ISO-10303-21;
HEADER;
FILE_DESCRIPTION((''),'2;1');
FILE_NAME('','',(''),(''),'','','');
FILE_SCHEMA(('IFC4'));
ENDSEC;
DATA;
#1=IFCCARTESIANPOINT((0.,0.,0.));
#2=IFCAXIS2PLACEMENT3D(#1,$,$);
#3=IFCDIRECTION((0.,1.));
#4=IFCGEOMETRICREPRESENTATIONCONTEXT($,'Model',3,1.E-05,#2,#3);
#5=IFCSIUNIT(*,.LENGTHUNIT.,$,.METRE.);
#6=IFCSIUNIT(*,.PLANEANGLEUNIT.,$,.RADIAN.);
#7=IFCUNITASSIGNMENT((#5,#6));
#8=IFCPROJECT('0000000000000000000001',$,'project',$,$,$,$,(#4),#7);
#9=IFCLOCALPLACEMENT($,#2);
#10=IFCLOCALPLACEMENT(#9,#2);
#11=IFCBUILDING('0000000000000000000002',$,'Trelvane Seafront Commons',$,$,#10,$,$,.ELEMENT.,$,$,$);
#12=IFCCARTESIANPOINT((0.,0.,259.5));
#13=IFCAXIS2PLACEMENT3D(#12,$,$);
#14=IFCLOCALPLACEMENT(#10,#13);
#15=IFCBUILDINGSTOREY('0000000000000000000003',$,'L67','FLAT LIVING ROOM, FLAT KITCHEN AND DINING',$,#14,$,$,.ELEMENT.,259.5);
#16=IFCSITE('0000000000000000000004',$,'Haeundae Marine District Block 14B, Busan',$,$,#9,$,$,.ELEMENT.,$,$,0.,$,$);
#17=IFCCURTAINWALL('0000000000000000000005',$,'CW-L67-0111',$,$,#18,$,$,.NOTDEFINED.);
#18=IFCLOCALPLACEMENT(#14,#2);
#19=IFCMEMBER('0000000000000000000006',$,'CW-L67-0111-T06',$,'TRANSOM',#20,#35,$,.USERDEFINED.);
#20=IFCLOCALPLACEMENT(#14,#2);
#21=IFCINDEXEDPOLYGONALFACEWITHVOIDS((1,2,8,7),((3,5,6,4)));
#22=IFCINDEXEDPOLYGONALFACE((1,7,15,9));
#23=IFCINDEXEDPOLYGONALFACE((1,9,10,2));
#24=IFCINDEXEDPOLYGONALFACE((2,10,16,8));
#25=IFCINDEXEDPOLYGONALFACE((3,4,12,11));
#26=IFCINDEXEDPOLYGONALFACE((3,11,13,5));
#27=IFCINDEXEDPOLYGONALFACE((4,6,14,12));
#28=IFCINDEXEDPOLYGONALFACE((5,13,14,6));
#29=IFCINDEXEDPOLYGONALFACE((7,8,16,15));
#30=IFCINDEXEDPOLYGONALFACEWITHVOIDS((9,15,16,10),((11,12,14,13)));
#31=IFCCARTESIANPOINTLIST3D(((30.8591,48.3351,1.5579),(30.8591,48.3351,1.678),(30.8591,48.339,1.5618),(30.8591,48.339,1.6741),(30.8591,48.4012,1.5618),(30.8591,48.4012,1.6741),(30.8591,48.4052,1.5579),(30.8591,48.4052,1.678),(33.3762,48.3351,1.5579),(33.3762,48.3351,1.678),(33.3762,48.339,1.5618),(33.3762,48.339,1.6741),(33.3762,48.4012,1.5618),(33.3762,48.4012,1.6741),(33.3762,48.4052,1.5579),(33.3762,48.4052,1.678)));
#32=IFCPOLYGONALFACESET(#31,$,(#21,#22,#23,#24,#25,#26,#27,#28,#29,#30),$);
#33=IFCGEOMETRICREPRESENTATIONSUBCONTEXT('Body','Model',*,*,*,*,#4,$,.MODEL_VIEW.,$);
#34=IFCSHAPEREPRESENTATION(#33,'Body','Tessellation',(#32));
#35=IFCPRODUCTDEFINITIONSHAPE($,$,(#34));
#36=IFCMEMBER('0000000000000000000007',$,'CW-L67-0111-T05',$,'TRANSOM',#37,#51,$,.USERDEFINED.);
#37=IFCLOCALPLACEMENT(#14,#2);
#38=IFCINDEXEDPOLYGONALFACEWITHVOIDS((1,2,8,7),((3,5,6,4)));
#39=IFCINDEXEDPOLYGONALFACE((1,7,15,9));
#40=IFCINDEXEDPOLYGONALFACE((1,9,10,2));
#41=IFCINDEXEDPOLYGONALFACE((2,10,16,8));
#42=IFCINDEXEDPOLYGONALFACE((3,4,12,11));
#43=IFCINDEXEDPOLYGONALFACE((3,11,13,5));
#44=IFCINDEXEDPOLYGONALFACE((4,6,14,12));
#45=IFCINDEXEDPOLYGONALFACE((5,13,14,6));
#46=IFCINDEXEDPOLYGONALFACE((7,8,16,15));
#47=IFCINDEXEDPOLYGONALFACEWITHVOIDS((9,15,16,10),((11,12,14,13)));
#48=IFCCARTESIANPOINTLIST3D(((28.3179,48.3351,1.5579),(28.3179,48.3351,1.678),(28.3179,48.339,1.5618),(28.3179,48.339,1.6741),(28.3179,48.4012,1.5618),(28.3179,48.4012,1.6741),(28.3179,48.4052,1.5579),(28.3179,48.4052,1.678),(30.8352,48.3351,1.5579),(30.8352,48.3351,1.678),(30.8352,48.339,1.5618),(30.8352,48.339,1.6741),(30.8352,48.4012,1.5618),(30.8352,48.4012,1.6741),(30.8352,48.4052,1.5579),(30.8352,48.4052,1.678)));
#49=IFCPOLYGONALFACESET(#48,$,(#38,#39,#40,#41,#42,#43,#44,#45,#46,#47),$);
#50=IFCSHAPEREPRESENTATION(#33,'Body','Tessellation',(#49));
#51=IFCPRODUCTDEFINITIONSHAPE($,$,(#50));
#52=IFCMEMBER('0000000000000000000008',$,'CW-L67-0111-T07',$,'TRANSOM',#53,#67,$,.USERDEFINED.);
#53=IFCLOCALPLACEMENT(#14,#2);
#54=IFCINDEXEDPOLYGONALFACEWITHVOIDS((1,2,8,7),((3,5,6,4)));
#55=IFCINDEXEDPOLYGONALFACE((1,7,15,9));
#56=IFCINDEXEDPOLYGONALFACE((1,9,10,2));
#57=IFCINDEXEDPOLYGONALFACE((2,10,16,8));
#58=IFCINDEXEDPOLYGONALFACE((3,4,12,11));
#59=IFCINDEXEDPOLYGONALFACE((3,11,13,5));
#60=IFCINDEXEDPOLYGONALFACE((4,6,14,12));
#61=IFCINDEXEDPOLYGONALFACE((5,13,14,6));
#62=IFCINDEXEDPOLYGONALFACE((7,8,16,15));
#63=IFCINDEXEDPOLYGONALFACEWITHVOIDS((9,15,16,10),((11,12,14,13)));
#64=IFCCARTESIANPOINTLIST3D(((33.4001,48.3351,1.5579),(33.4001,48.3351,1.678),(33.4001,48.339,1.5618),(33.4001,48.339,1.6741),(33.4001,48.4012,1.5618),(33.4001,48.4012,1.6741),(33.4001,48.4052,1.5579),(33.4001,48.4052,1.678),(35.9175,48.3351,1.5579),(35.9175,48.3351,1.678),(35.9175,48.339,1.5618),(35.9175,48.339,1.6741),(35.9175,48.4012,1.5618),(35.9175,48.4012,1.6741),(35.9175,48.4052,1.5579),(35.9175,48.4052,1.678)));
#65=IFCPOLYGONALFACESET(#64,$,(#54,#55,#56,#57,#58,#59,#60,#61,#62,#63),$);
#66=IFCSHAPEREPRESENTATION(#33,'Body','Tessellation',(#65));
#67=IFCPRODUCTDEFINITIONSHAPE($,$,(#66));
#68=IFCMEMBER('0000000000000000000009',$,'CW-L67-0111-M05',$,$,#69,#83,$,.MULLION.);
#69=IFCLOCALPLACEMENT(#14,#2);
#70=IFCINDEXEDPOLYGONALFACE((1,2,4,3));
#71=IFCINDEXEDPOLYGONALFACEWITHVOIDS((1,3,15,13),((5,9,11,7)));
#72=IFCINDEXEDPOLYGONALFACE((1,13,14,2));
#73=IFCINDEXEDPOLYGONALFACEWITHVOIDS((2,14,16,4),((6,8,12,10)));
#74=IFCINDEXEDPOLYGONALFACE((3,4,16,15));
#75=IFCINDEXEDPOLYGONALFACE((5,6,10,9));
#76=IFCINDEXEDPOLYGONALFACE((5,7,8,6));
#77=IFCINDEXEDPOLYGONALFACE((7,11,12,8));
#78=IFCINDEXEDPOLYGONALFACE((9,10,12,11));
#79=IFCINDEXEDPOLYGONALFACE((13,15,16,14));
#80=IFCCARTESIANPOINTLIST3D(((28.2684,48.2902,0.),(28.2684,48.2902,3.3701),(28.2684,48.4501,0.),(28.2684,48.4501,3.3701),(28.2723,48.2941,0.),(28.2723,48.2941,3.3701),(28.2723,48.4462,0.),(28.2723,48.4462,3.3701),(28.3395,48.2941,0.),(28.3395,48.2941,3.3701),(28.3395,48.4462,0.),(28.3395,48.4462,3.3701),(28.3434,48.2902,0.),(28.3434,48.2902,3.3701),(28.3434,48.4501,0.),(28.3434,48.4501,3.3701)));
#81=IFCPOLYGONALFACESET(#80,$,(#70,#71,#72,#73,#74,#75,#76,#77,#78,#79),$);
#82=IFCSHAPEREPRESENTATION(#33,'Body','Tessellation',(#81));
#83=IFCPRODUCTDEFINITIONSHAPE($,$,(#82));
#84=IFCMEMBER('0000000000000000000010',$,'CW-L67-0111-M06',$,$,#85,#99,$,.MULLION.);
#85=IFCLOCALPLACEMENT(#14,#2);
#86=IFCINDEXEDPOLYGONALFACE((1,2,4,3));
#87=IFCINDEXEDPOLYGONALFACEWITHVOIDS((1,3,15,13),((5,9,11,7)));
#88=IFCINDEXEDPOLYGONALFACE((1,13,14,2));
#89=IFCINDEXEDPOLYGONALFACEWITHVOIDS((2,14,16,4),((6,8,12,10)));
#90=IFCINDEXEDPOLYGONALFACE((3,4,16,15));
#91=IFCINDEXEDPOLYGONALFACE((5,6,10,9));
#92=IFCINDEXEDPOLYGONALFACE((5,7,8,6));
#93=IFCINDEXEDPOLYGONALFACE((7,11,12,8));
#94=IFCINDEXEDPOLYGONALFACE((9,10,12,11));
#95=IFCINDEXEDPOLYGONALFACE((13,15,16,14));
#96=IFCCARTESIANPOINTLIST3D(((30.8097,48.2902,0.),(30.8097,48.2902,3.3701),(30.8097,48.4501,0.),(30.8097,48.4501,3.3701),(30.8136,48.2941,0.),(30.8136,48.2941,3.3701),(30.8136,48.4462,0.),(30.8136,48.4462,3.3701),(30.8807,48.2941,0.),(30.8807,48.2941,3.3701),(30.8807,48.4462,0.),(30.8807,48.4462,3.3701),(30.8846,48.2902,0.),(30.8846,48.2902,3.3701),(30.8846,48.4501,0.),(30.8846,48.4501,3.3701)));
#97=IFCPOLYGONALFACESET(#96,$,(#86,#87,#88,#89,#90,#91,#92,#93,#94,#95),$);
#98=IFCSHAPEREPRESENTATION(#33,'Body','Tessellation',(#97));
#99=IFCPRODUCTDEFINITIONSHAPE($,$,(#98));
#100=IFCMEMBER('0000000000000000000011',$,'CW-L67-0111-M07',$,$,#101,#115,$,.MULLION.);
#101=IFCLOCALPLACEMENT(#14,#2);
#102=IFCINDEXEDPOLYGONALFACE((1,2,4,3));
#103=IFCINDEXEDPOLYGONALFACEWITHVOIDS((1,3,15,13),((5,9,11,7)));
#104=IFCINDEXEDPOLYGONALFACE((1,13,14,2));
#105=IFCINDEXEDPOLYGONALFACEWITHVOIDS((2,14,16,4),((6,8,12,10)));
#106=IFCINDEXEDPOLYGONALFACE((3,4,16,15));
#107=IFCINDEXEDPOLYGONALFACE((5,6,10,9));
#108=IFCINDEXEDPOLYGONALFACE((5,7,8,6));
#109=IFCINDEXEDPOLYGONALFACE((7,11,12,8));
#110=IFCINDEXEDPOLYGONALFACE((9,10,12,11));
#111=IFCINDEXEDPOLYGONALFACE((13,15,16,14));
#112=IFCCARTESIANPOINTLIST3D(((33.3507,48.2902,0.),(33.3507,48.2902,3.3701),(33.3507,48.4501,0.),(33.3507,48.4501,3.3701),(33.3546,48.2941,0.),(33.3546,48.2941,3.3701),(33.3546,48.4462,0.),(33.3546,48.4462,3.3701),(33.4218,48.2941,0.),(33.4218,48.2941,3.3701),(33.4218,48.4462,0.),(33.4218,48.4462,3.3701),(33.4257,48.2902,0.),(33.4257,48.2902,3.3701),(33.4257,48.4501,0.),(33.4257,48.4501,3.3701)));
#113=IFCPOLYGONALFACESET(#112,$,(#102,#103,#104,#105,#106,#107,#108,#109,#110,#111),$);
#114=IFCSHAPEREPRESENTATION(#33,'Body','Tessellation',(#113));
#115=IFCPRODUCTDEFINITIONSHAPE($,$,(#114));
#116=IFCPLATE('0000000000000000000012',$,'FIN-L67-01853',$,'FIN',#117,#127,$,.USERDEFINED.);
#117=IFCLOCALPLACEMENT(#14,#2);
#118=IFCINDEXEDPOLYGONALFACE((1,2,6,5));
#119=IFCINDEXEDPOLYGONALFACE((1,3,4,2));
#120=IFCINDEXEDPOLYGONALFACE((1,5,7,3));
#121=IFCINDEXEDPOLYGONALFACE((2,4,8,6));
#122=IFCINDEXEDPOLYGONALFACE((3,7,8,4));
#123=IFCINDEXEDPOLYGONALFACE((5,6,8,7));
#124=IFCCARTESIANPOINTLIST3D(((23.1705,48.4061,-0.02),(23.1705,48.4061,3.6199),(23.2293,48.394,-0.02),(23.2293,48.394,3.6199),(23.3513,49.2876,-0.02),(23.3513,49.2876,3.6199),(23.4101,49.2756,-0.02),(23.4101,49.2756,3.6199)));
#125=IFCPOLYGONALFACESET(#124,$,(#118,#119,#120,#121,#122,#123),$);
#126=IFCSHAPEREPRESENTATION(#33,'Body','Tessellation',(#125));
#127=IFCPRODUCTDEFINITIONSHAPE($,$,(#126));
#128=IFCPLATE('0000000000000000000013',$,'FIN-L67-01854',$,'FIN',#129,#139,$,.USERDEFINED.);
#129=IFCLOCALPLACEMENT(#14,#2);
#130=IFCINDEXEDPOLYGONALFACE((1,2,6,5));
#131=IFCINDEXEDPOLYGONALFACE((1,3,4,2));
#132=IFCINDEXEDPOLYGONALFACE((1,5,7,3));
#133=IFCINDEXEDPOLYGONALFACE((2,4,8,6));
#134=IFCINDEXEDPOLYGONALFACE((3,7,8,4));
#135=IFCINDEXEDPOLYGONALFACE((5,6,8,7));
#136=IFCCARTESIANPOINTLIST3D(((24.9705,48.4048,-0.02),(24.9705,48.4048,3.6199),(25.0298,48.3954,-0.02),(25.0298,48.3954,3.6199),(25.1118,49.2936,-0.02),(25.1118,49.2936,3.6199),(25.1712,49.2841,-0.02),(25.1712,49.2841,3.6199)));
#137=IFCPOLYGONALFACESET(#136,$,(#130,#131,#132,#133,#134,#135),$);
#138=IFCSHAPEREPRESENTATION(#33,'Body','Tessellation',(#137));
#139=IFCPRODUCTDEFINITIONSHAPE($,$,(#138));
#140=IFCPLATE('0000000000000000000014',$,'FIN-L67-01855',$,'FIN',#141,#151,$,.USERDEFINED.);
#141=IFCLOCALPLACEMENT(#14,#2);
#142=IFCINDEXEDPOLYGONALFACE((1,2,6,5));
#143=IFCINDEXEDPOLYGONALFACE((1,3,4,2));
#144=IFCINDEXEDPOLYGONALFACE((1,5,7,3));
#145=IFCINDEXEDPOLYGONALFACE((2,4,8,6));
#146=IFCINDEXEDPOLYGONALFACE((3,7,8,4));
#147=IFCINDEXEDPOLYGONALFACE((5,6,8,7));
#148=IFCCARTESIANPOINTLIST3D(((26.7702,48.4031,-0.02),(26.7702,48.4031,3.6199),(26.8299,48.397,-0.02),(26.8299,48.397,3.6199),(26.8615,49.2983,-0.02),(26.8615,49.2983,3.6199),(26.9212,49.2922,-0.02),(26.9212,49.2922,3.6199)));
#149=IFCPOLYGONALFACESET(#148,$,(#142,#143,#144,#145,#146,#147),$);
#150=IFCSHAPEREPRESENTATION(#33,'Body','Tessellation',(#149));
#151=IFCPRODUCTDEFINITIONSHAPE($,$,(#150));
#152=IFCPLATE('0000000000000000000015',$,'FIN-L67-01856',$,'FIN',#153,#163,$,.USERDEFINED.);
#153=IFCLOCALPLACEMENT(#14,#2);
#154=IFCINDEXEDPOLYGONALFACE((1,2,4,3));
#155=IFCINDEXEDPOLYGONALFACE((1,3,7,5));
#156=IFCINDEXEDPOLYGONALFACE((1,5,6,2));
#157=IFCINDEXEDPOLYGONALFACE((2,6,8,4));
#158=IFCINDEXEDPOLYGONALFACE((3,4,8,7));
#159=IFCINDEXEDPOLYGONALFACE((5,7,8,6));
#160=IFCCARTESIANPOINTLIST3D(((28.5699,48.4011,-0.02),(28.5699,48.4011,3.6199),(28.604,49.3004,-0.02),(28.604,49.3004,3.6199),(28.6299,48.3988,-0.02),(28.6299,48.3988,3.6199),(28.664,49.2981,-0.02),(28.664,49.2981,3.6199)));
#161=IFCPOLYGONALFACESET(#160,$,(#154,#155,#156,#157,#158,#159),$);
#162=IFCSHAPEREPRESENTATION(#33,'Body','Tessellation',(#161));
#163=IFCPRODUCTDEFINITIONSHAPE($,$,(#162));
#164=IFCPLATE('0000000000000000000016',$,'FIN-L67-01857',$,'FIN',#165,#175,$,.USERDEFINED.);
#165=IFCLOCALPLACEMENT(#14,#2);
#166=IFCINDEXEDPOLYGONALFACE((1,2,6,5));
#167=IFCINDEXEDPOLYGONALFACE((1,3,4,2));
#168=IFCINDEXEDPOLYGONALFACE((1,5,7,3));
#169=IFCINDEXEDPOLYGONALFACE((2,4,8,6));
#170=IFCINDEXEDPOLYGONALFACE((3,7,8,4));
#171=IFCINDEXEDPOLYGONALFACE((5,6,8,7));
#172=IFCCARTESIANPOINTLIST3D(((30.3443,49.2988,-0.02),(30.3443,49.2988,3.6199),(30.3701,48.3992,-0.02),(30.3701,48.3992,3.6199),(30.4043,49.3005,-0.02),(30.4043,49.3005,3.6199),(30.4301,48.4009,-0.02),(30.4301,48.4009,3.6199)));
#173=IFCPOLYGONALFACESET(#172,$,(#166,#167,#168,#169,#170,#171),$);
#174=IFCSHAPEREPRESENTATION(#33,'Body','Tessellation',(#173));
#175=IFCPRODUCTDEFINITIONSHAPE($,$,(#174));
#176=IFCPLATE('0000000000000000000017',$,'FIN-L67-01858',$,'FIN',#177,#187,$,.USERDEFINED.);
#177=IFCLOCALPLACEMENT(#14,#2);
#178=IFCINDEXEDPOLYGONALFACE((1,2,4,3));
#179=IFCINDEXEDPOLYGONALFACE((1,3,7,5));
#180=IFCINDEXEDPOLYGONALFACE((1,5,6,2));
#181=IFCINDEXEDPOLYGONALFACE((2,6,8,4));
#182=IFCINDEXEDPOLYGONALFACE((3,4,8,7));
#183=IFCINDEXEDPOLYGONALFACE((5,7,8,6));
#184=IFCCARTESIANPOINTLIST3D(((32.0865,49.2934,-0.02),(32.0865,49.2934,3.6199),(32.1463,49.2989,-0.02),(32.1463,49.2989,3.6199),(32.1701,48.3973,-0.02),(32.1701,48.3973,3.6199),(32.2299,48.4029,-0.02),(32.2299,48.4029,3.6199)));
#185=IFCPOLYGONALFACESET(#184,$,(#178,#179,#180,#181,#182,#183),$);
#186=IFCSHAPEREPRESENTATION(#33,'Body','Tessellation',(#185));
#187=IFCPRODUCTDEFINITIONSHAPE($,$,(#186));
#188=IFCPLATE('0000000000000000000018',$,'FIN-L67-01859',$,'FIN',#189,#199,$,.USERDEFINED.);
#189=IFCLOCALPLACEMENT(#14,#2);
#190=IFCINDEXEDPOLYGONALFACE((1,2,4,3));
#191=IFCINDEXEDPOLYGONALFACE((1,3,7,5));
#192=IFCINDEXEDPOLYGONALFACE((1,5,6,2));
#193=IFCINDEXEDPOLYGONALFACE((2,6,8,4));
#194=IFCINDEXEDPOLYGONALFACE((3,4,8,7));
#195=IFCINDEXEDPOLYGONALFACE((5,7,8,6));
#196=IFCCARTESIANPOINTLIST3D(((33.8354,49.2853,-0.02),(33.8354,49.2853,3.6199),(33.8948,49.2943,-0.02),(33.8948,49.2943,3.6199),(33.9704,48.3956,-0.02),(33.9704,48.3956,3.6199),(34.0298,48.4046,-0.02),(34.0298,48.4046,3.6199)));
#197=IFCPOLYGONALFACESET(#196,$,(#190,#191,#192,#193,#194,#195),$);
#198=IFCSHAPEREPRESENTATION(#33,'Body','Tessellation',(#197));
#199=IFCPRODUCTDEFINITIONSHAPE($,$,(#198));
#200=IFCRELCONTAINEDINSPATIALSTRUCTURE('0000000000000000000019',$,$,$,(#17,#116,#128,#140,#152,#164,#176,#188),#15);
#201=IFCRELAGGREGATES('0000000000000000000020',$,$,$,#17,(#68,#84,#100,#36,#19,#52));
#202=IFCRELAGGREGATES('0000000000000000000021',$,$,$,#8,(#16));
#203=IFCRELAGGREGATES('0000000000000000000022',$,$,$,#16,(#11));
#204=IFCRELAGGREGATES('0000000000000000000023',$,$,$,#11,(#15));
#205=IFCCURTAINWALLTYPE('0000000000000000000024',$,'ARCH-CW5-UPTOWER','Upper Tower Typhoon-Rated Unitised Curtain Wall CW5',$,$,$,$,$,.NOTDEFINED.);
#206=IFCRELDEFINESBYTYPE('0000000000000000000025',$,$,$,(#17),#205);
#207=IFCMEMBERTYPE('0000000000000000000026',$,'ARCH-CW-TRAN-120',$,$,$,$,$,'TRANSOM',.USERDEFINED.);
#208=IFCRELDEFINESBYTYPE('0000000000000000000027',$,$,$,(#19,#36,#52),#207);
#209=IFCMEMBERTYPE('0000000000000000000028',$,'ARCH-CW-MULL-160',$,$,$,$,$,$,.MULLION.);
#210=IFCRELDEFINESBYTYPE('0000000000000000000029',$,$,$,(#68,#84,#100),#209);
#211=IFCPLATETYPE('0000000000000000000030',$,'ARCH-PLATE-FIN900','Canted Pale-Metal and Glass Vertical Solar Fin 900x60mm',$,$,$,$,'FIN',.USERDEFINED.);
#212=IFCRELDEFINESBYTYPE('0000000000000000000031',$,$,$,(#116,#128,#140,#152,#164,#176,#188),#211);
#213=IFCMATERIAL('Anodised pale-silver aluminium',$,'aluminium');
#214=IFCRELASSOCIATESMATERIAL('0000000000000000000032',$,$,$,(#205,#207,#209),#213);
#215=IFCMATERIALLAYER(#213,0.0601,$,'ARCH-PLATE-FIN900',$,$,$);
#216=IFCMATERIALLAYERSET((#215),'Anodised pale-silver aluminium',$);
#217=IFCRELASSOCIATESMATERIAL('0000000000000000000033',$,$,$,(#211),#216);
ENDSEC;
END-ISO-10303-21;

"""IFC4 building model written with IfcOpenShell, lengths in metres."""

from ifc_helpers import new_model, si_unit, direction, frame, origin, origin_2d, place, context, subcontext, project, spatial, rectangle, hollow_rectangle, extrude, source, transform, mapped, material, layer, layer_set, material_profile, profile_set, type_object, element, aggregate, save


model = new_model("IFC4")

# Units and contexts
model_context = context("Model", 3, precision=1e-05, world=origin(), true_north=direction((0.0, 1.0)))
body_context = subcontext(model_context, "Body", "Model", "MODEL_VIEW")
ifc_project = project(units=[si_unit("LENGTHUNIT", "METRE"), si_unit("PLANEANGLEUNIT", "RADIAN")], contexts=[model_context])

# Site, building, storey
site_placement = place(None, origin())
site = spatial("IfcSite", under=ifc_project, at=site_placement, Name="Haeundae Marine District Block 14B, Busan", CompositionType="ELEMENT", RefElevation=0.0)
building_placement = place(site_placement, origin())
building = spatial("IfcBuilding", under=site, at=building_placement, Name="Trelvane Seafront Commons", CompositionType="ELEMENT")
storey_placement = place(building_placement, frame((0.0, 0.0, 259.5)))
storey = spatial("IfcBuildingStorey", under=building, at=storey_placement, Name="L67", Description="FLAT LIVING ROOM, FLAT KITCHEN AND DINING", CompositionType="ELEMENT", Elevation=259.5)

# Curtain wall, members
ifc_material_1 = material(Name="Anodised pale-silver aluminium", Category="aluminium")
curtain_wall_type = type_object("IfcCurtainWallType", Name="ARCH-CW5-UPTOWER", Description="Upper Tower Typhoon-Rated Unitised Curtain Wall CW5", PredefinedType="NOTDEFINED", material=ifc_material_1)
curtain_wall_placement = place(storey_placement, origin())
curtain_wall = element("IfcCurtainWall", 1, at=curtain_wall_placement, inside=storey, type_object=curtain_wall_type, Name="CW-L67-0111", PredefinedType="NOTDEFINED")
ifc_material_profile_1 = material_profile(ifc_material_1, hollow_rectangle(XDim=0.0701, YDim=0.1201, WallThickness=0.0039, at=origin_2d()), Name="TRAN-70x120x4")
ifc_profile_set_1 = profile_set([ifc_material_profile_1], Name="Anodised pale-silver aluminium")
member_type_1 = type_object("IfcMemberType", Name="ARCH-CW-TRAN-120", ElementType="TRANSOM", PredefinedType="USERDEFINED", material=ifc_profile_set_1)
shared_shape_1 = source(origin(), body_context, "Body", "SweptSolid", [
    extrude(hollow_rectangle(XDim=0.0701, YDim=0.1201, WallThickness=0.0039, at=origin_2d()), origin(), (0.0, 0.0, 1.0), 2.5171),
])
member_1_placement = place(storey_placement, frame((30.8591, 48.3701, 1.6179), z_axis=(1.0, 0.0, 0.0), x_axis=(0.0, 1.0, 0.0)))
member_1 = element("IfcMember", 2, at=member_1_placement, type_object=member_type_1, Name="CW-L67-0111-T06", ObjectType="TRANSOM", PredefinedType="USERDEFINED", context=body_context, shape_type="MappedRepresentation", body=[
    mapped(shared_shape_1, transform((0.0, 0.0, 0.0), x_axis=(1.0, 0.0, 0.0), y_axis=(0.0, 1.0, 0.0), z_axis=(0.0, 0.0, 1.0), scale=1.0)),
])
shared_shape_2 = source(origin(), body_context, "Body", "SweptSolid", [
    extrude(hollow_rectangle(XDim=0.0701, YDim=0.1201, WallThickness=0.0039, at=origin_2d()), origin(), (0.0, 0.0, 1.0), 2.5173),
])
member_2_placement = place(storey_placement, frame((28.3179, 48.3701, 1.6179), z_axis=(1.0, 0.0, 0.0), x_axis=(0.0, 1.0, 0.0)))
member_2 = element("IfcMember", 3, at=member_2_placement, type_object=member_type_1, Name="CW-L67-0111-T05", ObjectType="TRANSOM", PredefinedType="USERDEFINED", context=body_context, shape_type="MappedRepresentation", body=[
    mapped(shared_shape_2, transform((0.0, 0.0, 0.0), x_axis=(1.0, 0.0, 0.0), y_axis=(0.0, 1.0, 0.0), z_axis=(0.0, 0.0, 1.0), scale=1.0)),
])
member_3_placement = place(storey_placement, frame((33.4001, 48.3701, 1.6179), z_axis=(1.0, 0.0, 0.0), x_axis=(0.0, 1.0, 0.0)))
member_3 = element("IfcMember", 4, at=member_3_placement, type_object=member_type_1, Name="CW-L67-0111-T07", ObjectType="TRANSOM", PredefinedType="USERDEFINED", context=body_context, shape_type="MappedRepresentation", body=[
    mapped(shared_shape_2, transform((0.0, 0.0, 0.0), x_axis=(1.0, 0.0, 0.0), y_axis=(0.0, 1.0, 0.0), z_axis=(0.0, 0.0, 1.0), scale=1.0)),
])
ifc_material_profile_2 = material_profile(ifc_material_1, hollow_rectangle(XDim=0.075, YDim=0.1599, WallThickness=0.0039, at=origin_2d()), Name="MULL-75x160x4")
ifc_profile_set_2 = profile_set([ifc_material_profile_2], Name="Anodised pale-silver aluminium")
member_type_2 = type_object("IfcMemberType", Name="ARCH-CW-MULL-160", PredefinedType="MULLION", material=ifc_profile_set_2)
shared_shape_3 = source(origin(), body_context, "Body", "SweptSolid", [
    extrude(hollow_rectangle(XDim=0.075, YDim=0.1599, WallThickness=0.0039, at=origin_2d()), origin(), (0.0, 0.0, 1.0), 3.3701),
])
member_4_placement = place(storey_placement, frame((28.3059, 48.3701, 0.0), z_axis=(0.0, 0.0, 1.0), x_axis=(1.0, 0.0, 0.0)))
member_4 = element("IfcMember", 5, at=member_4_placement, type_object=member_type_2, Name="CW-L67-0111-M05", PredefinedType="MULLION", context=body_context, shape_type="MappedRepresentation", body=[
    mapped(shared_shape_3, transform((0.0, 0.0, 0.0), x_axis=(1.0, 0.0, 0.0), y_axis=(0.0, 1.0, 0.0), z_axis=(0.0, 0.0, 1.0), scale=1.0)),
])
member_5_placement = place(storey_placement, frame((30.8472, 48.3701, 0.0), z_axis=(0.0, 0.0, 1.0), x_axis=(1.0, 0.0, 0.0)))
member_5 = element("IfcMember", 6, at=member_5_placement, type_object=member_type_2, Name="CW-L67-0111-M06", PredefinedType="MULLION", context=body_context, shape_type="MappedRepresentation", body=[
    mapped(shared_shape_3, transform((0.0, 0.0, 0.0), x_axis=(1.0, 0.0, 0.0), y_axis=(0.0, 1.0, 0.0), z_axis=(0.0, 0.0, 1.0), scale=1.0)),
])
member_6_placement = place(storey_placement, frame((33.3882, 48.3701, 0.0), z_axis=(0.0, 0.0, 1.0), x_axis=(1.0, 0.0, 0.0)))
member_6 = element("IfcMember", 7, at=member_6_placement, type_object=member_type_2, Name="CW-L67-0111-M07", PredefinedType="MULLION", context=body_context, shape_type="MappedRepresentation", body=[
    mapped(shared_shape_3, transform((0.0, 0.0, 0.0), x_axis=(1.0, 0.0, 0.0), y_axis=(0.0, 1.0, 0.0), z_axis=(0.0, 0.0, 1.0), scale=1.0)),
])

# Plates
ifc_layer_1 = layer(ifc_material_1, 0.0601, Name="ARCH-PLATE-FIN900")
ifc_layer_set_1 = layer_set([ifc_layer_1], Name="Anodised pale-silver aluminium")
plate_type_1 = type_object("IfcPlateType", Name="ARCH-PLATE-FIN900", Description="Canted Pale-Metal and Glass Vertical Solar Fin 900x60mm", ElementType="FIN", PredefinedType="USERDEFINED", material=ifc_layer_set_1)
shared_shape_4 = source(origin(), body_context, "Body", "SweptSolid", [
    extrude(rectangle(XDim=0.8999, YDim=0.0601, at=origin_2d()), origin(), (0.0, 0.0, 1.0), 3.6399),
])
for number, where, z_axis, x_axis, name in (
    (8, (23.2903, 48.8408, -0.02), (0.0, 0.0, 1.0), (0.200878, 0.979616, 0.0), "FIN-L67-01853"),
    (9, (25.0708, 48.8445, -0.02), (0.0, 0.0, 1.0), (0.157115, 0.98758, 0.0), "FIN-L67-01854"),
    (10, (26.8457, 48.8477, -0.02), (0.0, 0.0, 1.0), (0.10144, 0.994842, 0.0), "FIN-L67-01855"),
    (11, (28.6169, 48.8496, -0.02), (0.0, 0.0, 1.0), (0.037887, 0.999282, 0.0), "FIN-L67-01856"),
    (12, (30.3872, 48.8499, -0.02), (0.0, 0.0, 1.0), (-0.028668, 0.999589, 0.0), "FIN-L67-01857"),
    (13, (32.1582, 48.8481, -0.02), (0.0, 0.0, 1.0), (-0.09289, 0.995676, 0.0), "FIN-L67-01858"),
    (14, (33.9326, 48.845, -0.02), (0.0, 0.0, 1.0), (-0.150003, 0.988686, 0.0), "FIN-L67-01859"),
):
    element("IfcPlate", number, at=place(storey_placement, frame(where, z_axis=z_axis, x_axis=x_axis)), inside=storey, type_object=plate_type_1, Name=name, ObjectType="FIN", PredefinedType="USERDEFINED", context=body_context, shape_type="MappedRepresentation", body=[
        mapped(shared_shape_4, transform((0.0, 0.0, 0.0), x_axis=(1.0, 0.0, 0.0), y_axis=(0.0, 1.0, 0.0), z_axis=(0.0, 0.0, 1.0), scale=1.0)),
    ])

aggregate(curtain_wall, [member_4, member_5, member_6, member_2, member_1, member_3])

save(model, "model.ifc")
